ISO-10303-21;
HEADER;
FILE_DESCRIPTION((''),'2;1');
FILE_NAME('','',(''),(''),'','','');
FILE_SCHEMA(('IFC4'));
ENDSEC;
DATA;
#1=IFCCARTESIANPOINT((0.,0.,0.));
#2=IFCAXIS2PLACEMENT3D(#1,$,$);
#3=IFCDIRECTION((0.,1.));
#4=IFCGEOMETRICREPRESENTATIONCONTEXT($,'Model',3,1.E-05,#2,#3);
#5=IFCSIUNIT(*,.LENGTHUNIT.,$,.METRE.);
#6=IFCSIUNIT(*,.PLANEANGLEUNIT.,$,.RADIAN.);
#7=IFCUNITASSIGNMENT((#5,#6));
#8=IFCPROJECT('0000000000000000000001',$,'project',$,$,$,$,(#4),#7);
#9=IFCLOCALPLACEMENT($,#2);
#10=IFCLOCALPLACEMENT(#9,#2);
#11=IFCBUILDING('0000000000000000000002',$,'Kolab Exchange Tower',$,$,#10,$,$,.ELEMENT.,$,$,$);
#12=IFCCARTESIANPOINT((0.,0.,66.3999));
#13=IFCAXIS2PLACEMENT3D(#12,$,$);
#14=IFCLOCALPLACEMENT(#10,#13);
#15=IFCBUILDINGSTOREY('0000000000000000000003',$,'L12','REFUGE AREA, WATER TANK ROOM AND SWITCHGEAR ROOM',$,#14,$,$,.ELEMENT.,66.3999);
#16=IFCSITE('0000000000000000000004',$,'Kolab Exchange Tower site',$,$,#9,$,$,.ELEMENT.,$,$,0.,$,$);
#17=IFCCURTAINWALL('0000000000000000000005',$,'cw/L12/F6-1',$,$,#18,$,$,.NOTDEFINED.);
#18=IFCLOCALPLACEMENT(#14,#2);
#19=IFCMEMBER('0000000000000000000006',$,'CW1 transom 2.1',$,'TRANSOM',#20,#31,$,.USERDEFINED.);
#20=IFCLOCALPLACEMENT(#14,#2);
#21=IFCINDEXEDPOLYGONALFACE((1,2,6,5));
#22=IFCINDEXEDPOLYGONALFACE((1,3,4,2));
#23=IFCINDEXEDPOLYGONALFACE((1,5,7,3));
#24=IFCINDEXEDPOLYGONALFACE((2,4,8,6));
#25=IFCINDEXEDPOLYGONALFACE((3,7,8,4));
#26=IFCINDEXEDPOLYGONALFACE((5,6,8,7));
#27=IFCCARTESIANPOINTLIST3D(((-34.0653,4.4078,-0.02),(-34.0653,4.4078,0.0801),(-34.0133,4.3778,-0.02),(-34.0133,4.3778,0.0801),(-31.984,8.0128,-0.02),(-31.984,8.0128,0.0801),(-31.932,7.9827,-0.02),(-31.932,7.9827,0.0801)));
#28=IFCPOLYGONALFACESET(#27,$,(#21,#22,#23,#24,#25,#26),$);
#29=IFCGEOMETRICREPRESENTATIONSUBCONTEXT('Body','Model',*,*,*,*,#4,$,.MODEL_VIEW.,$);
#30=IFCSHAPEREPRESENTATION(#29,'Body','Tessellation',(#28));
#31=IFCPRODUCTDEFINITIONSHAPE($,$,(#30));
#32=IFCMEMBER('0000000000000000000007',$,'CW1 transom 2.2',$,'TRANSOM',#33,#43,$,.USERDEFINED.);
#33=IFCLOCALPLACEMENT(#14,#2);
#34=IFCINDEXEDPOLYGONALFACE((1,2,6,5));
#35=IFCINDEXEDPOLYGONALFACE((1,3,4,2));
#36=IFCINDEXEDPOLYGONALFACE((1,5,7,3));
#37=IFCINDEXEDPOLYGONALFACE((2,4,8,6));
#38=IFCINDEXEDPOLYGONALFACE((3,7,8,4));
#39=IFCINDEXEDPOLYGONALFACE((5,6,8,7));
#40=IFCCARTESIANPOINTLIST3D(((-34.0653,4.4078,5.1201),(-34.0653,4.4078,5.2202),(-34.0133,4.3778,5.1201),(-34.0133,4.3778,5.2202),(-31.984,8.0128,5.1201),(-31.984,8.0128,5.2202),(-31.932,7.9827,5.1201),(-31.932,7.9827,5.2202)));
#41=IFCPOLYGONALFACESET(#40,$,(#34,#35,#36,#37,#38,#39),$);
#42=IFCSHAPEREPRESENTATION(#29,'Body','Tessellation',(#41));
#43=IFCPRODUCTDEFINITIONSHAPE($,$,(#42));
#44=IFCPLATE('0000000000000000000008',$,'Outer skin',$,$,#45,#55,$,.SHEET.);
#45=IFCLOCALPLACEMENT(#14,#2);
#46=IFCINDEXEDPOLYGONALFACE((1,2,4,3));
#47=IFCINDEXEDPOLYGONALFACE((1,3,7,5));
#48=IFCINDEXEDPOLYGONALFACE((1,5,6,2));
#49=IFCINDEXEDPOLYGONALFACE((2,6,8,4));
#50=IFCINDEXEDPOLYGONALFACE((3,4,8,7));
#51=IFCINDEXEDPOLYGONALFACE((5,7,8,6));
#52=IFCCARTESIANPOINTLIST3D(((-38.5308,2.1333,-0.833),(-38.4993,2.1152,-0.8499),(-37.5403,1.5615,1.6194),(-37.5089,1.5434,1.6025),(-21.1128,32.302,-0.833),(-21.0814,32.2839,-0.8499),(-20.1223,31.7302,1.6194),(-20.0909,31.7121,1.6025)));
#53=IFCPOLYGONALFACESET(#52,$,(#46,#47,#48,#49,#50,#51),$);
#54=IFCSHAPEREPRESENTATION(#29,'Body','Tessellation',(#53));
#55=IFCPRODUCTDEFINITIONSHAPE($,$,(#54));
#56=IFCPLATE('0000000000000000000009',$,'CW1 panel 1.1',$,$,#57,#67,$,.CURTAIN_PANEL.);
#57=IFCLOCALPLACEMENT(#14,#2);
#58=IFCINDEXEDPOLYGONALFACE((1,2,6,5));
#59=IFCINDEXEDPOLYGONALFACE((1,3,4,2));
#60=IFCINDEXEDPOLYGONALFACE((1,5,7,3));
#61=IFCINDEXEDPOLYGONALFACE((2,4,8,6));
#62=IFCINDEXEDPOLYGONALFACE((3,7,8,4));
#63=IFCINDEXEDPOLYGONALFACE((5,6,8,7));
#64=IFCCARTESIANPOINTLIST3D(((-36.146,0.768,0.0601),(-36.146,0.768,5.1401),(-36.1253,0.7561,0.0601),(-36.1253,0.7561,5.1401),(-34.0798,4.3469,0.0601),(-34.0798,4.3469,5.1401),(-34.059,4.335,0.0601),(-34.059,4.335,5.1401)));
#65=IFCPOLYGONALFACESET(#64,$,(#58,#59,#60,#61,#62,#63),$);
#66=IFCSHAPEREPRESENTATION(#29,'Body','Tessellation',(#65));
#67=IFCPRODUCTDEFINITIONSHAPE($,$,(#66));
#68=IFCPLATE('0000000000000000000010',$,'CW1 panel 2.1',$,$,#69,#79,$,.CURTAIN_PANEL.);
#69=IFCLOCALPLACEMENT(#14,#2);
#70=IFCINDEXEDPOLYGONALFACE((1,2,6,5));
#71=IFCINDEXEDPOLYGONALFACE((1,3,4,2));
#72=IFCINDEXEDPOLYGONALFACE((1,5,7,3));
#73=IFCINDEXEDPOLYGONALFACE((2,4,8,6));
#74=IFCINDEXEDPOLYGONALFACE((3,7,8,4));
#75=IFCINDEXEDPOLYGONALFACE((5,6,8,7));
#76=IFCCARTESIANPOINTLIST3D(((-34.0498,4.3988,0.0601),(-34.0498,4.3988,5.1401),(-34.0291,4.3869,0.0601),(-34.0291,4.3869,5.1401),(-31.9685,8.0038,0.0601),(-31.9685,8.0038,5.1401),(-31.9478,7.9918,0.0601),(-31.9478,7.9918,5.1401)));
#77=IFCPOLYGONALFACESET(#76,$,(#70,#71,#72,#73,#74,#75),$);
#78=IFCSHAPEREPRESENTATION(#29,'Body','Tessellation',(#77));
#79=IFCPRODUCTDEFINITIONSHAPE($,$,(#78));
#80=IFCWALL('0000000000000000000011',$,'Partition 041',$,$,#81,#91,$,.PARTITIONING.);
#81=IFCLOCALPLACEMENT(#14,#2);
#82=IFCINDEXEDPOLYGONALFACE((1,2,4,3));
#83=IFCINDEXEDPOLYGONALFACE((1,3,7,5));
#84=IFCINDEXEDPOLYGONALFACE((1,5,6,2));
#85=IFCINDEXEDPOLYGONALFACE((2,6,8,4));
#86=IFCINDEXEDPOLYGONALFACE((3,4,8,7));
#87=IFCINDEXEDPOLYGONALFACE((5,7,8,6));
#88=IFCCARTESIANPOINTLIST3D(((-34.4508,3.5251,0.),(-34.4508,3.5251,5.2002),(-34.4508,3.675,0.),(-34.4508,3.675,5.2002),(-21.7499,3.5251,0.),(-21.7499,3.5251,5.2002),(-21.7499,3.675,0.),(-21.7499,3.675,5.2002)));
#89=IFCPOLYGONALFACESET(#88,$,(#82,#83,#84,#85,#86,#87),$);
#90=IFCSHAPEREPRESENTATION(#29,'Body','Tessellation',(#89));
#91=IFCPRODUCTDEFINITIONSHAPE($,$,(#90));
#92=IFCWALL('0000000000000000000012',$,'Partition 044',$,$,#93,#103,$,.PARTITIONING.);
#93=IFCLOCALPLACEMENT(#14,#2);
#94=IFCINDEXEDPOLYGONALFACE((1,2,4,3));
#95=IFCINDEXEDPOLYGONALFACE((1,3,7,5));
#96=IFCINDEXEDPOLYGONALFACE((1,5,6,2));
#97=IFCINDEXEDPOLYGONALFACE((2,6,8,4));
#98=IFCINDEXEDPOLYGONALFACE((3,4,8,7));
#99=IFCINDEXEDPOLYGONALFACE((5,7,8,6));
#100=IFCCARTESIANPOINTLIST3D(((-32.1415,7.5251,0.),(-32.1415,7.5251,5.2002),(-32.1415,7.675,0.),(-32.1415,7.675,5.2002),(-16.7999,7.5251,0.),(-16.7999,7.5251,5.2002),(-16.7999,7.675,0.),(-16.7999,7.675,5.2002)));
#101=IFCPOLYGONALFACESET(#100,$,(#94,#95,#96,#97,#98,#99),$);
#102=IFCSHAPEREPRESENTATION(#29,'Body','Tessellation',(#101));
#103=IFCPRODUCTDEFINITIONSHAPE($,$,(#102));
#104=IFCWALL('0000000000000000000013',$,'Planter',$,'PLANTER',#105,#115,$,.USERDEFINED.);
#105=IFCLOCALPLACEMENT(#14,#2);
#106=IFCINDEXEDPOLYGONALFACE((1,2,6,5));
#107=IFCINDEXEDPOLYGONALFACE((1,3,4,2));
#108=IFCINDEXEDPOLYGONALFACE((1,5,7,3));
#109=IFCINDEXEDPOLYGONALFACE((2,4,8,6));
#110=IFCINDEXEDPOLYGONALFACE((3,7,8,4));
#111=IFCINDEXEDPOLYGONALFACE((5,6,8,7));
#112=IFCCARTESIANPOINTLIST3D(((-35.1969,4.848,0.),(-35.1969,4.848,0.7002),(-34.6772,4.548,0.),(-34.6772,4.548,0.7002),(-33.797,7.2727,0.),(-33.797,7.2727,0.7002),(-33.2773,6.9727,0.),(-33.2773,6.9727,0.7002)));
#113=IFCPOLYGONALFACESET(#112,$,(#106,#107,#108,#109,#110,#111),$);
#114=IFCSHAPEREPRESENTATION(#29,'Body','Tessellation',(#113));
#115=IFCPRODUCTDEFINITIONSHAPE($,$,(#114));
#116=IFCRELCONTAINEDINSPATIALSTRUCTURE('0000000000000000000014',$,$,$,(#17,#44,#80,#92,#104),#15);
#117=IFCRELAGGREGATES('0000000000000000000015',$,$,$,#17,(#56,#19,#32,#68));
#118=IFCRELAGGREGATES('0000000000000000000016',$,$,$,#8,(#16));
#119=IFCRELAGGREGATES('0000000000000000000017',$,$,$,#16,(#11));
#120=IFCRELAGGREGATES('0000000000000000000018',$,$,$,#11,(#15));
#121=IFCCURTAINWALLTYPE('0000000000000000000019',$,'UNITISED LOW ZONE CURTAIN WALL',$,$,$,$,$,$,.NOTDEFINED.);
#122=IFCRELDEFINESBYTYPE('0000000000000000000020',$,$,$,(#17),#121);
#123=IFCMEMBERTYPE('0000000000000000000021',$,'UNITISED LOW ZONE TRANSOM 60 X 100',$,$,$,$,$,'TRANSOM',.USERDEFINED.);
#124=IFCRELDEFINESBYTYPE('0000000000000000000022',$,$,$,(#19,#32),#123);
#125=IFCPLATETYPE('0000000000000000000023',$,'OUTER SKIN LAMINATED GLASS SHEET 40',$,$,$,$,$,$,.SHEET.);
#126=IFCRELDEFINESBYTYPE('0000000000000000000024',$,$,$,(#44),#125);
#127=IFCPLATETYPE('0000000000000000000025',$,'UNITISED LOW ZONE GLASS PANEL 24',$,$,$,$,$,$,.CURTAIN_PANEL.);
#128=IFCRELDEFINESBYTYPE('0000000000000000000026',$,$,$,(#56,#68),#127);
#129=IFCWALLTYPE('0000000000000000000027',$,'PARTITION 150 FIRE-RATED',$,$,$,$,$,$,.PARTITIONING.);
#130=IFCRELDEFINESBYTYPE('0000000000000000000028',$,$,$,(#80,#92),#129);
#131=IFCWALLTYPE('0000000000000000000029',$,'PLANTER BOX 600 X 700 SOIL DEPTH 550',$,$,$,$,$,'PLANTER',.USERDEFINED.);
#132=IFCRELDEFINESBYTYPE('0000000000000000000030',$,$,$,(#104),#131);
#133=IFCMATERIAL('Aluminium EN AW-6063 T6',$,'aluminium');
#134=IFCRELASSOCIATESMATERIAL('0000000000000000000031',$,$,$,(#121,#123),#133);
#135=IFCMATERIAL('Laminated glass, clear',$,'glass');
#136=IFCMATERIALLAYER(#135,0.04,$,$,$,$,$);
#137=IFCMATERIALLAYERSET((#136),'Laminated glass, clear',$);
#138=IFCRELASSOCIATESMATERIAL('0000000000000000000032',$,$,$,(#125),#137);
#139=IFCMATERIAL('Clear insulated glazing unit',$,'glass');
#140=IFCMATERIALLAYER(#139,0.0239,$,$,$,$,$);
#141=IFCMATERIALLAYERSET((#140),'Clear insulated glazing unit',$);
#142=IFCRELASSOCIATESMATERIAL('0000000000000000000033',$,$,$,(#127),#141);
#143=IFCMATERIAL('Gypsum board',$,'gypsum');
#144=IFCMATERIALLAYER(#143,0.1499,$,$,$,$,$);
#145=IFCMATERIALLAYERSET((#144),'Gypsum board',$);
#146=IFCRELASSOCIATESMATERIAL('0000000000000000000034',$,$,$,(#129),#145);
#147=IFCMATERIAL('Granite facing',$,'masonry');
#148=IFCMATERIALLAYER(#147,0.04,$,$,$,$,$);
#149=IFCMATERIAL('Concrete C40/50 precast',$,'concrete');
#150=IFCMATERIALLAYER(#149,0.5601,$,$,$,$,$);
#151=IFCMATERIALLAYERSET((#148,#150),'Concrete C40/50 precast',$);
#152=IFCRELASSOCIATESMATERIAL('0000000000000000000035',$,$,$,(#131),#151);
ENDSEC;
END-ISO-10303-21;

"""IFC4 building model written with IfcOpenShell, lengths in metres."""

from ifc_helpers import new_model, si_unit, direction, frame, frame_2d, origin, origin_2d, place, context, subcontext, project, spatial, polyline, rectangle, outline, extrude, material, layer, layer_set, material_profile, profile_set, type_object, element, aggregate, save


model = new_model("IFC4")

# Units and contexts
model_context = context("Model", 3, precision=1e-05, world=origin(), true_north=direction((0.0, 1.0)))
body_context = subcontext(model_context, "Body", "Model", "MODEL_VIEW")
ifc_project = project(units=[si_unit("LENGTHUNIT", "METRE"), si_unit("PLANEANGLEUNIT", "RADIAN")], contexts=[model_context])

# Site, building, storey
site_placement = place(None, origin())
site = spatial("IfcSite", under=ifc_project, at=site_placement, Name="Kolab Exchange Tower site", CompositionType="ELEMENT", RefElevation=0.0)
building_placement = place(site_placement, origin())
building = spatial("IfcBuilding", under=site, at=building_placement, Name="Kolab Exchange Tower", CompositionType="ELEMENT")
storey_placement = place(building_placement, frame((0.0, 0.0, 66.3999)))
storey = spatial("IfcBuildingStorey", under=building, at=storey_placement, Name="L12", Description="REFUGE AREA, WATER TANK ROOM AND SWITCHGEAR ROOM", CompositionType="ELEMENT", Elevation=66.3999)

# Curtain wall
ifc_material_1 = material(Name="Aluminium EN AW-6063 T6", Category="aluminium")
curtain_wall_type = type_object("IfcCurtainWallType", Name="UNITISED LOW ZONE CURTAIN WALL", PredefinedType="NOTDEFINED", material=ifc_material_1)
curtain_wall_1_placement = place(storey_placement, origin())
curtain_wall_1 = element("IfcCurtainWall", 1, at=curtain_wall_1_placement, inside=storey, type_object=curtain_wall_type, Name="cw/L12/F6-1", PredefinedType="NOTDEFINED")

# Members
ifc_material_profile_1 = material_profile(ifc_material_1, rectangle(XDim=0.0601, YDim=0.1001, at=origin_2d()), Name="RECT 60X100")
ifc_profile_set_1 = profile_set([ifc_material_profile_1], Name="Aluminium EN AW-6063 T6")
member_type_1 = type_object("IfcMemberType", Name="UNITISED LOW ZONE TRANSOM 60 X 100", ElementType="TRANSOM", PredefinedType="USERDEFINED", material=ifc_profile_set_1)
member_1_placement = place(storey_placement, frame((-34.0393, 4.3928, 0.03), z_axis=(0.499993, 0.866029, 0.0), x_axis=(-0.866029, 0.499993, 0.0)))
member_1 = element("IfcMember", 2, at=member_1_placement, type_object=member_type_1, Name="CW1 transom 2.1", ObjectType="TRANSOM", PredefinedType="USERDEFINED", context=body_context, shape_type="SweptSolid", body=[
    extrude(rectangle(XDim=0.0601, YDim=0.1001, at=origin_2d()), origin(), (0.0, 0.0, 1.0), 4.1626),
])
member_2_placement = place(storey_placement, frame((-34.0393, 4.3928, 5.1702), z_axis=(0.499993, 0.866029, 0.0), x_axis=(-0.866029, 0.499993, 0.0)))
member_2 = element("IfcMember", 3, at=member_2_placement, type_object=member_type_1, Name="CW1 transom 2.2", ObjectType="TRANSOM", PredefinedType="USERDEFINED", context=body_context, shape_type="SweptSolid", body=[
    extrude(rectangle(XDim=0.0601, YDim=0.1001, at=origin_2d()), origin(), (0.0, 0.0, 1.0), 4.1626),
])

# Plates
ifc_material_2 = material(Name="Laminated glass, clear", Category="glass")
ifc_layer_1 = layer(ifc_material_2, 0.04)
ifc_layer_set_1 = layer_set([ifc_layer_1], Name="Laminated glass, clear")
plate_type_1 = type_object("IfcPlateType", Name="OUTER SKIN LAMINATED GLASS SHEET 40", PredefinedType="SHEET", material=ifc_layer_set_1)
plate_1_placement = place(storey_placement, frame((-38.5308, 2.1333, -0.833), z_axis=(-0.784873, 0.453148, 0.422648), x_axis=(0.500001, 0.866025, 0.0)))
element("IfcPlate", 4, at=plate_1_placement, inside=storey, type_object=plate_type_1, Name="Outer skin", PredefinedType="SHEET", context=body_context, shape_type="SweptSolid", body=[
    extrude(outline(polyline([(0.0, 0.0), (34.8358, 0.0), (34.8359, -2.706), (0.0001, -2.706), (0.0, 0.0)])), origin(), (0.0, 0.0, -1.0), 0.04),
])
ifc_material_3 = material(Name="Clear insulated glazing unit", Category="glass")
ifc_layer_2 = layer(ifc_material_3, 0.0239)
ifc_layer_set_2 = layer_set([ifc_layer_2], Name="Clear insulated glazing unit")
plate_type_2 = type_object("IfcPlateType", Name="UNITISED LOW ZONE GLASS PANEL 24", PredefinedType="CURTAIN_PANEL", material=ifc_layer_set_2)
plate_2_placement = place(storey_placement, frame((-35.1025, 2.5515, 0.0601), z_axis=(0.0, 0.0, 1.0), x_axis=(0.5, 0.866025, 0.0)))
plate_2 = element("IfcPlate", 5, at=plate_2_placement, type_object=plate_type_2, Name="CW1 panel 1.1", PredefinedType="CURTAIN_PANEL", context=body_context, shape_type="SweptSolid", body=[
    extrude(rectangle(XDim=4.1326, YDim=0.0239, at=origin_2d()), origin(), (0.0, 0.0, 1.0), 5.0801),
])
plate_3_placement = place(storey_placement, frame((-32.9988, 6.1953, 0.0601), z_axis=(0.0, 0.0, 1.0), x_axis=(0.5, 0.866025, 0.0)))
plate_3 = element("IfcPlate", 6, at=plate_3_placement, type_object=plate_type_2, Name="CW1 panel 2.1", PredefinedType="CURTAIN_PANEL", context=body_context, shape_type="SweptSolid", body=[
    extrude(rectangle(XDim=4.1626, YDim=0.0239, at=origin_2d()), origin(), (0.0, 0.0, 1.0), 5.0801),
])
aggregate(curtain_wall_1, [plate_2, member_1, member_2, plate_3])

# Walls
ifc_material_4 = material(Name="Gypsum board", Category="gypsum")
ifc_layer_3 = layer(ifc_material_4, 0.1499)
ifc_layer_set_3 = layer_set([ifc_layer_3], Name="Gypsum board")
wall_type_1 = type_object("IfcWallType", Name="PARTITION 150 FIRE-RATED", PredefinedType="PARTITIONING", material=ifc_layer_set_3)
wall_1_placement = place(storey_placement, frame((-34.4509, 3.6001, 0.0), z_axis=(0.0, 0.0, 1.0), x_axis=(1.0, 0.0, 0.0)))
element("IfcWall", 7, at=wall_1_placement, inside=storey, type_object=wall_type_1, Name="Partition 041", PredefinedType="PARTITIONING", context=body_context, shape_type="SweptSolid", body=[
    extrude(rectangle(XDim=12.7009, YDim=0.1499, at=frame_2d((6.3506, 0.0))), origin(), (0.0, 0.0, 1.0), 5.2002),
])
wall_2_placement = place(storey_placement, frame((-32.1416, 7.6001, 0.0), z_axis=(0.0, 0.0, 1.0), x_axis=(1.0, 0.0, 0.0)))
element("IfcWall", 8, at=wall_2_placement, inside=storey, type_object=wall_type_1, Name="Partition 044", PredefinedType="PARTITIONING", context=body_context, shape_type="SweptSolid", body=[
    extrude(rectangle(XDim=15.3416, YDim=0.1499, at=frame_2d((7.6709, 0.0))), origin(), (0.0, 0.0, 1.0), 5.2002),
])
ifc_material_5 = material(Name="Granite facing", Category="masonry")
ifc_layer_4 = layer(ifc_material_5, 0.04)
ifc_material_6 = material(Name="Concrete C40/50 precast", Category="concrete")
ifc_layer_5 = layer(ifc_material_6, 0.5601)
ifc_layer_set_4 = layer_set([ifc_layer_4, ifc_layer_5], Name="Concrete C40/50 precast")
wall_type_2 = type_object("IfcWallType", Name="PLANTER BOX 600 X 700 SOIL DEPTH 550", ElementType="PLANTER", PredefinedType="USERDEFINED", material=ifc_layer_set_4)
wall_3_placement = place(storey_placement, frame((-34.937, 4.698, 0.0), z_axis=(0.0, 0.0, 1.0), x_axis=(0.499984, 0.866035, 0.0)))
element("IfcWall", 9, at=wall_3_placement, inside=storey, type_object=wall_type_2, Name="Planter", ObjectType="PLANTER", PredefinedType="USERDEFINED", context=body_context, shape_type="SweptSolid", body=[
    extrude(rectangle(XDim=2.7998, YDim=0.6001, at=frame_2d((1.3999, 0.0))), origin(), (0.0, 0.0, 1.0), 0.7002),
])

save(model, "model.ifc")
